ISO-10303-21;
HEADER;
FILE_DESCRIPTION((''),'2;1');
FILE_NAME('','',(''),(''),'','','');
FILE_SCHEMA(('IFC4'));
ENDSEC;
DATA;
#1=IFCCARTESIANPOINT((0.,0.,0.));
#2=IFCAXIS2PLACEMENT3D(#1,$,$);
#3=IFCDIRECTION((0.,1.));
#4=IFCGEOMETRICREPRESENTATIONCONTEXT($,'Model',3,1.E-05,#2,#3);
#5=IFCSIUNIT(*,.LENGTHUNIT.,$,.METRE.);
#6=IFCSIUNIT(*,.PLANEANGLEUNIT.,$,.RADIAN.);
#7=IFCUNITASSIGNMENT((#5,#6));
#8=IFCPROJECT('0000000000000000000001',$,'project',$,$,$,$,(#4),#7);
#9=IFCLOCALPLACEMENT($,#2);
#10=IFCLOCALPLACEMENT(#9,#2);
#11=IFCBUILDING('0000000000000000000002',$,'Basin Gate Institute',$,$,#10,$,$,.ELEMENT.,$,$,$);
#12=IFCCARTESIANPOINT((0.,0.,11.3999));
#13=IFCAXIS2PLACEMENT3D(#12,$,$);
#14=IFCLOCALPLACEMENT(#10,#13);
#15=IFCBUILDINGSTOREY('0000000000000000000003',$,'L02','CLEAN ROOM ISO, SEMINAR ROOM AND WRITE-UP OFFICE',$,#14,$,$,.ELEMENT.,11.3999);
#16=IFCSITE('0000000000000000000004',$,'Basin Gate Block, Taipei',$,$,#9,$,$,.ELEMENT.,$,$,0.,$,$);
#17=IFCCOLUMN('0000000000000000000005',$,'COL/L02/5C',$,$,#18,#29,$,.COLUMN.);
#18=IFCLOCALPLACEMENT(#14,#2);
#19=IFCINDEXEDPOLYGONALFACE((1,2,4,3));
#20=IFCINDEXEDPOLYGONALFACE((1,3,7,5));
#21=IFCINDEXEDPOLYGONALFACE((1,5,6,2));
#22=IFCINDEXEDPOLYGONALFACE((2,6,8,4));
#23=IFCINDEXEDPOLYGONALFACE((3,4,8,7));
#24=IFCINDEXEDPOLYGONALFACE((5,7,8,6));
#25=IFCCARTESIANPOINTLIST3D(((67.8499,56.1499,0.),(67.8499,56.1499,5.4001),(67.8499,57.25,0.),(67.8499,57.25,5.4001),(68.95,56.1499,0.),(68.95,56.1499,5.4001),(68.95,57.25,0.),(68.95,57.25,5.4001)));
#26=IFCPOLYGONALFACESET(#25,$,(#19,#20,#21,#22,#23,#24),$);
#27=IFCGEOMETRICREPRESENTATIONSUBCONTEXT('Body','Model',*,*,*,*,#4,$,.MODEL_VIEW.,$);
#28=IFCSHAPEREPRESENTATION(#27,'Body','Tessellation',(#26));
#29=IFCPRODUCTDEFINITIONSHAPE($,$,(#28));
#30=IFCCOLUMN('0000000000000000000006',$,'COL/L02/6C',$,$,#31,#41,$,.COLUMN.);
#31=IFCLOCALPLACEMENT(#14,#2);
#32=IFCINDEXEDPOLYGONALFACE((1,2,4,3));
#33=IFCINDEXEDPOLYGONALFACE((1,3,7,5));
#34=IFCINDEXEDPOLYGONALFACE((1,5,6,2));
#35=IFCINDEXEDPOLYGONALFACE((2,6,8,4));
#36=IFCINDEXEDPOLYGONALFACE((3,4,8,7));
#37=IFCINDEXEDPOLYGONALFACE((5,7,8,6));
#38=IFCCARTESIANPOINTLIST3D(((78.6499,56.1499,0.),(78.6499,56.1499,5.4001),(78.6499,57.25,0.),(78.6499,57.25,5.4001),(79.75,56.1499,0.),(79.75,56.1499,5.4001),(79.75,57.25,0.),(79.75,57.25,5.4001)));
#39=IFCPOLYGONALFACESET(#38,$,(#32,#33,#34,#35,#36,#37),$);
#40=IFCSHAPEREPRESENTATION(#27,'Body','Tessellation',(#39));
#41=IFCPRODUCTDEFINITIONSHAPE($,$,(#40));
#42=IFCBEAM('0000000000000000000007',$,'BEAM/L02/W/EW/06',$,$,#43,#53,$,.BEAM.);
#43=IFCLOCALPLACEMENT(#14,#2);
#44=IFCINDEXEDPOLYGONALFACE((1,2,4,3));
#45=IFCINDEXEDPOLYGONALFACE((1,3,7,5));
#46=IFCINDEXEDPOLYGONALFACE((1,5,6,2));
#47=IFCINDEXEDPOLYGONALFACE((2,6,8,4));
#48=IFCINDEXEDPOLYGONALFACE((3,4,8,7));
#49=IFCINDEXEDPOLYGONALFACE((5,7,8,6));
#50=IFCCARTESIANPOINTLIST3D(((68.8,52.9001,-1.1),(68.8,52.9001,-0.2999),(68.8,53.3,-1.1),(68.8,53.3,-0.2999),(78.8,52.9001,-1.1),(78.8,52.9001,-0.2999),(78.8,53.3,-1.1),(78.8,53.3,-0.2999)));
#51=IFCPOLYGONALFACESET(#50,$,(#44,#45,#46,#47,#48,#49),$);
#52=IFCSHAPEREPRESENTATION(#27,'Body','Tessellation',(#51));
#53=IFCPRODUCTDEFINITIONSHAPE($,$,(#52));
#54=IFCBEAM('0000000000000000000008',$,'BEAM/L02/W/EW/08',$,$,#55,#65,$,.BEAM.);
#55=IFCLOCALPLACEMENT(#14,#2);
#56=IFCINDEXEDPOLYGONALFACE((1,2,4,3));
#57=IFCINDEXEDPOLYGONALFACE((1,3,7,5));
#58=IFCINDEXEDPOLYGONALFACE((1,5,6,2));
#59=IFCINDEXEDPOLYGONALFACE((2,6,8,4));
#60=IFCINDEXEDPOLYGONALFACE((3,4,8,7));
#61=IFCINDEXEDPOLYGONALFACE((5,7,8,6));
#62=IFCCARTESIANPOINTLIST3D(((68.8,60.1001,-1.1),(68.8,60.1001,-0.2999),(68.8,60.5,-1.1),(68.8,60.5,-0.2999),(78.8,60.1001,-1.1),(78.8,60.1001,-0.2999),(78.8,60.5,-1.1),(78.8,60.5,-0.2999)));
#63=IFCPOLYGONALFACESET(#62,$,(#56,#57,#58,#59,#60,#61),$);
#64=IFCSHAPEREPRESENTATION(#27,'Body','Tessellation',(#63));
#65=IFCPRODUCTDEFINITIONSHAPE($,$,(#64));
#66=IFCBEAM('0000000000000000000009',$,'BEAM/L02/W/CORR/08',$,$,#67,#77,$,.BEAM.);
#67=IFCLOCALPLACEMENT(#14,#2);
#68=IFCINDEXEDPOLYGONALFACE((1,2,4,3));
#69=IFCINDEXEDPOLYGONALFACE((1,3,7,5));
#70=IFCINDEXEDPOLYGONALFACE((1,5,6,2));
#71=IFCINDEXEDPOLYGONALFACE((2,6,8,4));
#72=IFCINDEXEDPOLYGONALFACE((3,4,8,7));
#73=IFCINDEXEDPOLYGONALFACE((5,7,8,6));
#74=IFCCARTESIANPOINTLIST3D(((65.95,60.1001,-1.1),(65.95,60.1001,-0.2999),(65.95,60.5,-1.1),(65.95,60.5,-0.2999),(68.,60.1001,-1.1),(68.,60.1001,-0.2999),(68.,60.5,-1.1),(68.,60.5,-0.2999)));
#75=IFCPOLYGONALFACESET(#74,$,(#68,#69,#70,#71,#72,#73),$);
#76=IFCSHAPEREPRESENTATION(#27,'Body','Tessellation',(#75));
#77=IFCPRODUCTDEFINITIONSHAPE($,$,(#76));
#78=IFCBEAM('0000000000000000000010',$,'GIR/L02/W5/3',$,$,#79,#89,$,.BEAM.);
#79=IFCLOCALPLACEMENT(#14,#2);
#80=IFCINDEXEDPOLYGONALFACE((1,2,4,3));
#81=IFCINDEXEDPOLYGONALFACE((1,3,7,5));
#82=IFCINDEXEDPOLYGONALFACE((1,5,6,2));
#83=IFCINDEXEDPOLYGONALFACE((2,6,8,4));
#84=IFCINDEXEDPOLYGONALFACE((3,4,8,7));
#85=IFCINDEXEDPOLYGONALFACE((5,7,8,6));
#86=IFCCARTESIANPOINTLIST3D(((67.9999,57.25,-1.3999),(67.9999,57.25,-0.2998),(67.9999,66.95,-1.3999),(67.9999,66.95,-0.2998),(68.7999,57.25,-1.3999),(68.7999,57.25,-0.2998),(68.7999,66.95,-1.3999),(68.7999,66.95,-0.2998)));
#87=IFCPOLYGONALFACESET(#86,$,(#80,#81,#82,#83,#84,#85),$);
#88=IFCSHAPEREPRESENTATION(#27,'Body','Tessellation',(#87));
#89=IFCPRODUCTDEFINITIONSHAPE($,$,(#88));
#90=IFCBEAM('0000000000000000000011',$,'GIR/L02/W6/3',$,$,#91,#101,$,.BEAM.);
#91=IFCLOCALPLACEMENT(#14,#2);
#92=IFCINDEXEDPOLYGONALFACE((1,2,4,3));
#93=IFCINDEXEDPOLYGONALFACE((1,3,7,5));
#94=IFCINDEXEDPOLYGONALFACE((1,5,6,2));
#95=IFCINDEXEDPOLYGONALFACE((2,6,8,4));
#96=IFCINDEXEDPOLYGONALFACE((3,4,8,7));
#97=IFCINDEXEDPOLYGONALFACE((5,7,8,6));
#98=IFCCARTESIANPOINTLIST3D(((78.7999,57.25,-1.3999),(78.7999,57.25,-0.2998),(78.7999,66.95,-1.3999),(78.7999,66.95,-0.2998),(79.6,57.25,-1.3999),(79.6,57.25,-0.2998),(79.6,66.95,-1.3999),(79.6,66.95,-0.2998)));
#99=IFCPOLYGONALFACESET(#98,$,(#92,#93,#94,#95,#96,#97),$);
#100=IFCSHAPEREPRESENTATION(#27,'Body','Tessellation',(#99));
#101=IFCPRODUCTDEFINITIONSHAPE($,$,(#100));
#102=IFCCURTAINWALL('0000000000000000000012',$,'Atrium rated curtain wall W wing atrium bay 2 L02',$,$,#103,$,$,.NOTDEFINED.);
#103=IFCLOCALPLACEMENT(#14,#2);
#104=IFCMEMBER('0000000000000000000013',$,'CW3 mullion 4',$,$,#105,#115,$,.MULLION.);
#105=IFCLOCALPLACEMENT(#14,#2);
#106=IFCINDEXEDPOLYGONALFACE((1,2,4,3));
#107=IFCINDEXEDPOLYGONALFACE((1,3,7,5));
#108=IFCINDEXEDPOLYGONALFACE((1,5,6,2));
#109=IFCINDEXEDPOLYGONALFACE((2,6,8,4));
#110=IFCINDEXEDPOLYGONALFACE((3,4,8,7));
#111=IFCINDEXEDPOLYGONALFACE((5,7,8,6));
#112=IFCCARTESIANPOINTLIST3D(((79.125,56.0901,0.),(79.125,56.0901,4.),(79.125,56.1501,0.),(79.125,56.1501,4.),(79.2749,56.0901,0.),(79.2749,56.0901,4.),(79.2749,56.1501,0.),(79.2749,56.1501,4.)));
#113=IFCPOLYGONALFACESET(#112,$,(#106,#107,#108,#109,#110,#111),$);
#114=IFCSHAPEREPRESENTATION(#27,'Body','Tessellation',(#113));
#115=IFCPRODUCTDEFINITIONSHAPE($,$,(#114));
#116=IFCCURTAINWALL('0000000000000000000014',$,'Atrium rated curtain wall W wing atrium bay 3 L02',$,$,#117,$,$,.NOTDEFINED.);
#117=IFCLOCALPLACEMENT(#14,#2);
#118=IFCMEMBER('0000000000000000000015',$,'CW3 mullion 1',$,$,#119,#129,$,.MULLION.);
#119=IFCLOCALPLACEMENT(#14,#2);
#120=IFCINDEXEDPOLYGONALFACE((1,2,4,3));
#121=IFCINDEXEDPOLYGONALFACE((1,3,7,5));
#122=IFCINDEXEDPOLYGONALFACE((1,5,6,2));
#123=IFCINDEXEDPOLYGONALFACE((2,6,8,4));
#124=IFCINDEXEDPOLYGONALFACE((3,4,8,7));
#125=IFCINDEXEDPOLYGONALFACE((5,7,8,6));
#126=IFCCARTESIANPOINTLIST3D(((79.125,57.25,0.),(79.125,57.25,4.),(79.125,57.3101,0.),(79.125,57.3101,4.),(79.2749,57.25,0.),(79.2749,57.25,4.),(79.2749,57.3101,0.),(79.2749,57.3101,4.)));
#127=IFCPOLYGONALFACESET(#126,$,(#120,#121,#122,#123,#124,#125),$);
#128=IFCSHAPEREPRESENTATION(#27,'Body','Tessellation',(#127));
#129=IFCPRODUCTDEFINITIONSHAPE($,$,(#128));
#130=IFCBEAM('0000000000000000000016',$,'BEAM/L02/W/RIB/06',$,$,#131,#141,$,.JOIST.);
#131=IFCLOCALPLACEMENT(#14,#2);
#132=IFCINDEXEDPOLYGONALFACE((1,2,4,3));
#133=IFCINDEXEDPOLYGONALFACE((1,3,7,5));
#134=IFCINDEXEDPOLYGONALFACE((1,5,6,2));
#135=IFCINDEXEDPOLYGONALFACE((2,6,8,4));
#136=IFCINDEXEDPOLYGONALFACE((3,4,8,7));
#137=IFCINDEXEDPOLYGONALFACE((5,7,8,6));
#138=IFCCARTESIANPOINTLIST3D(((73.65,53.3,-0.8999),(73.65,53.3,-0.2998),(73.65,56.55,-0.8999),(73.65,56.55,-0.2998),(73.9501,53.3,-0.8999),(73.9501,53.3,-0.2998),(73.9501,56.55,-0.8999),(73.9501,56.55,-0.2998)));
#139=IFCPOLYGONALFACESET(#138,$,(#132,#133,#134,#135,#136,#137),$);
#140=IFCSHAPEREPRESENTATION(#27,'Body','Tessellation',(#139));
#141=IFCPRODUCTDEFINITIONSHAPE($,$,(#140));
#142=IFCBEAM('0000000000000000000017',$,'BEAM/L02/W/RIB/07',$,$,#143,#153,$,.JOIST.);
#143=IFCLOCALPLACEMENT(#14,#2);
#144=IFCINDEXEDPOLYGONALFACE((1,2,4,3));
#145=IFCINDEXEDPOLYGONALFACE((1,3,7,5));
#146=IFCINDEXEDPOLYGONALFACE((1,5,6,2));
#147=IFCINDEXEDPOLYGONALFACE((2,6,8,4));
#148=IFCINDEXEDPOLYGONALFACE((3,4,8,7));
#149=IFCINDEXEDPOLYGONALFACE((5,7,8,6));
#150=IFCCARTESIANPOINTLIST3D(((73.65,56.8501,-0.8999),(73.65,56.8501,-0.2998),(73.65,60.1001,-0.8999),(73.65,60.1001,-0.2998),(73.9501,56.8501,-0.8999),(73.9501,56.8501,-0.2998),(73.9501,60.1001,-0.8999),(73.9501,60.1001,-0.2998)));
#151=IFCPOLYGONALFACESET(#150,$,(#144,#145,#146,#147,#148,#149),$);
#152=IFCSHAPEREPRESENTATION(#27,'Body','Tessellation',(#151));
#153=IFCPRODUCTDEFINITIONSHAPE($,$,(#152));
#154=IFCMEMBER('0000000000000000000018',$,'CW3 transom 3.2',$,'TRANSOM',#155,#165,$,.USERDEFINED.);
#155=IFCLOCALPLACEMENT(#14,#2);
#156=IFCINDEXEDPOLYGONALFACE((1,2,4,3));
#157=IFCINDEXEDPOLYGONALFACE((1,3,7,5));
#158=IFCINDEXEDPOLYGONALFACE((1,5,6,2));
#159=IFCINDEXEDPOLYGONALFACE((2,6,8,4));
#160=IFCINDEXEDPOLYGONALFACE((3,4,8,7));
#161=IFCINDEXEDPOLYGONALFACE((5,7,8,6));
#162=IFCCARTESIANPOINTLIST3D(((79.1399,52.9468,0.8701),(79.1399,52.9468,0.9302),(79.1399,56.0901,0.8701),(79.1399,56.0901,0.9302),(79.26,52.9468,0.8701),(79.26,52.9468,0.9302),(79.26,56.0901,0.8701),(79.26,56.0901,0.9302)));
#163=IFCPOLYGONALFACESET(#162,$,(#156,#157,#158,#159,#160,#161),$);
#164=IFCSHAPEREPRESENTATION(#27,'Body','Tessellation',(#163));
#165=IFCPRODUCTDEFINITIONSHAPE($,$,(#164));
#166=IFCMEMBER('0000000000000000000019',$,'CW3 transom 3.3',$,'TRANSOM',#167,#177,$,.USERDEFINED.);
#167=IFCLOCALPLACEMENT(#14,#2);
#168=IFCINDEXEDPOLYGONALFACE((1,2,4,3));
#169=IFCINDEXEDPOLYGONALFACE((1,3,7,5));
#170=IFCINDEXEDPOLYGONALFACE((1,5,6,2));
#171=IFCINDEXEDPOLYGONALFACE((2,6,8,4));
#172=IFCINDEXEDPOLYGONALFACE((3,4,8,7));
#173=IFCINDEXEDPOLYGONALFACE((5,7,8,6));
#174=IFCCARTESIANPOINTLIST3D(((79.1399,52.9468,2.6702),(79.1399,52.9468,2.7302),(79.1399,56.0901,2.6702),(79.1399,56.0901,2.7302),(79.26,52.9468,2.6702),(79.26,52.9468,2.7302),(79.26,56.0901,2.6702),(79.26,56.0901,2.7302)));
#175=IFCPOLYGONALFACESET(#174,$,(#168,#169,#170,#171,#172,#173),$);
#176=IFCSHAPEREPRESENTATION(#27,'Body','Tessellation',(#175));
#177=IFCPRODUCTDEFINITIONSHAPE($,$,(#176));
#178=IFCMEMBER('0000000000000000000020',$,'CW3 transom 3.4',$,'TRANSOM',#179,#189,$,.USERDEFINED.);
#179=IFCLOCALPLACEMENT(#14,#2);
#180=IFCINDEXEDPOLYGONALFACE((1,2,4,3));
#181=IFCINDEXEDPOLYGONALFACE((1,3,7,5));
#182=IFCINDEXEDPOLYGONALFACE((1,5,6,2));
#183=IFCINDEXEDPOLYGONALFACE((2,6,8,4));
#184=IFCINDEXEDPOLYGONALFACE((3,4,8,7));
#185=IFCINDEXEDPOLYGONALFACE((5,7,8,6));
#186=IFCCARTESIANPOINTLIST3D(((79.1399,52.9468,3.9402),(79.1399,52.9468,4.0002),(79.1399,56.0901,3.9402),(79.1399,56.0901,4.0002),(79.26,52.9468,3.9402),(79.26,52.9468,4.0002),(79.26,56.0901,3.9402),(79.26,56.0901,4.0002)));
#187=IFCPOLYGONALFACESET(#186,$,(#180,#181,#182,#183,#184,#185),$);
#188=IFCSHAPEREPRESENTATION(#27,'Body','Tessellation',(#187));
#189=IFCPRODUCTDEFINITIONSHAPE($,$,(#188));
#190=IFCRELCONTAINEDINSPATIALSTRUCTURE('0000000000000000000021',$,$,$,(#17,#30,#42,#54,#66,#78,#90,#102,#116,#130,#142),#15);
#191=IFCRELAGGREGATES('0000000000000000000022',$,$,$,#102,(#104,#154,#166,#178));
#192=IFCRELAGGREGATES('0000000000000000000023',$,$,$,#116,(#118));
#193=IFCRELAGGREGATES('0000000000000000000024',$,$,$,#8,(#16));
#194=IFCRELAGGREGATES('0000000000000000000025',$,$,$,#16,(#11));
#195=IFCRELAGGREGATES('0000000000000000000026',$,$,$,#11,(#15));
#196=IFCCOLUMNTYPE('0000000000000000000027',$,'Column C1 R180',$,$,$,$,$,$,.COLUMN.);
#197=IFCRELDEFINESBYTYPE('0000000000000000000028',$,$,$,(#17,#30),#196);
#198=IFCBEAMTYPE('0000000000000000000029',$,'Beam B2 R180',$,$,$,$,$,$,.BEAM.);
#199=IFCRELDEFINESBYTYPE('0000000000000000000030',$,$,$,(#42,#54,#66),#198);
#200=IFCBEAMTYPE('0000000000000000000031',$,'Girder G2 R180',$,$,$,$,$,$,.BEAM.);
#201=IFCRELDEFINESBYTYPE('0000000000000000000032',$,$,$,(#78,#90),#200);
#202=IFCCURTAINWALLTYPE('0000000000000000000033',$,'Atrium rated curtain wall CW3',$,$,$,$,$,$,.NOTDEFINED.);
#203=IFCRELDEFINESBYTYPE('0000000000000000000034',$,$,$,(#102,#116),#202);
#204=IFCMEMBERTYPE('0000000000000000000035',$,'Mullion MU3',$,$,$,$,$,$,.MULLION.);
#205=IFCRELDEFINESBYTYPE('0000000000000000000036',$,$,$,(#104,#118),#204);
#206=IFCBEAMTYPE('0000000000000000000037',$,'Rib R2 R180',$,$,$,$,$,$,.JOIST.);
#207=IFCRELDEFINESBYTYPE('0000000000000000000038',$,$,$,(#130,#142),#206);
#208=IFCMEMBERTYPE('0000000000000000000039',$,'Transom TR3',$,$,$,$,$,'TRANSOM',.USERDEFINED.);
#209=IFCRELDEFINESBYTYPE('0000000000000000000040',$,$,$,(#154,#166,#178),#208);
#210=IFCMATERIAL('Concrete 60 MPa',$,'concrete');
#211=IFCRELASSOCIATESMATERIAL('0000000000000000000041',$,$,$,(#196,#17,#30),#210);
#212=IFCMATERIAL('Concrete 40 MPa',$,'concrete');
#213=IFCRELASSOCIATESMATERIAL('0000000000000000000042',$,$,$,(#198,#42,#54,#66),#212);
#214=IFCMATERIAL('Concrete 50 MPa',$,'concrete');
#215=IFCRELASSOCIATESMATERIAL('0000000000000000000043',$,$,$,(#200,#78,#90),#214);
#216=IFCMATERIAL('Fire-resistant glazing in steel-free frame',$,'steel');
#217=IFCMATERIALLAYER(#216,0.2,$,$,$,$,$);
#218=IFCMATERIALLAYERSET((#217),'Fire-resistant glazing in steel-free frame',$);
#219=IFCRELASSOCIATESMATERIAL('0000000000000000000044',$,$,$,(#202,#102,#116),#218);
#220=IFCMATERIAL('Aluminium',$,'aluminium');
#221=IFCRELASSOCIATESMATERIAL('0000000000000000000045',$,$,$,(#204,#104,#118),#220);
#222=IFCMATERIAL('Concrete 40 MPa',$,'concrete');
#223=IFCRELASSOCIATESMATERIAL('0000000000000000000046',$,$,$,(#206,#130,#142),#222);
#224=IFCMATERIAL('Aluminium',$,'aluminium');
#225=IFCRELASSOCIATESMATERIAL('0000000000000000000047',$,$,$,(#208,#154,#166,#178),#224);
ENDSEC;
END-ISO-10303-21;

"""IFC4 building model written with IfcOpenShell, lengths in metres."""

from ifc_helpers import new_model, si_unit, direction, frame, origin, origin_2d, place, context, subcontext, project, spatial, rectangle, extrude, material, layer, layer_set, material_profile, profile_set, type_object, element, aggregate, save


model = new_model("IFC4")

# Units and contexts
model_context = context("Model", 3, precision=1e-05, world=origin(), true_north=direction((0.0, 1.0)))
body_context = subcontext(model_context, "Body", "Model", "MODEL_VIEW")
ifc_project = project(units=[si_unit("LENGTHUNIT", "METRE"), si_unit("PLANEANGLEUNIT", "RADIAN")], contexts=[model_context])

# Site, building, storey
site_placement = place(None, origin())
site = spatial("IfcSite", under=ifc_project, at=site_placement, Name="Basin Gate Block, Taipei", CompositionType="ELEMENT", RefElevation=0.0)
building_placement = place(site_placement, origin())
building = spatial("IfcBuilding", under=site, at=building_placement, Name="Basin Gate Institute", CompositionType="ELEMENT")
storey_placement = place(building_placement, frame((0.0, 0.0, 11.3999)))
storey = spatial("IfcBuildingStorey", under=building, at=storey_placement, Name="L02", Description="CLEAN ROOM ISO, SEMINAR ROOM AND WRITE-UP OFFICE", CompositionType="ELEMENT", Elevation=11.3999)

# Columns
ifc_material_1 = material(Name="Concrete 60 MPa", Category="concrete")
ifc_material_profile_1 = material_profile(ifc_material_1, rectangle(XDim=1.1001, YDim=1.1001, at=origin_2d()), Name="Column C1 1100 x 1100")
ifc_profile_set_1 = profile_set([ifc_material_profile_1], Name="Concrete 60 MPa")
column_type = type_object("IfcColumnType", Name="Column C1 R180", PredefinedType="COLUMN", material=ifc_profile_set_1)
for number, where, z_axis, x_axis, name in (
    (1, (68.3999, 56.7, 0.0), (0.0, 0.0, 1.0), (1.0, 0.0, 0.0), "COL/L02/5C"),
    (2, (79.2, 56.7, 0.0), (0.0, 0.0, 1.0), (1.0, 0.0, 0.0), "COL/L02/6C"),
):
    element("IfcColumn", number, at=place(storey_placement, frame(where, z_axis=z_axis, x_axis=x_axis)), inside=storey, type_object=column_type, material=ifc_profile_set_1, Name=name, PredefinedType="COLUMN", context=body_context, shape_type="SweptSolid", body=[
        extrude(rectangle(XDim=1.1001, YDim=1.1001, at=origin_2d()), origin(), (0.0, 0.0, 1.0), 5.4001),
    ])

# Beams
ifc_material_2 = material(Name="Concrete 40 MPa", Category="concrete")
ifc_material_profile_2 = material_profile(ifc_material_2, rectangle(XDim=0.3999, YDim=0.8, at=origin_2d()), Name="Beam B2 400 x 800")
ifc_profile_set_2 = profile_set([ifc_material_profile_2], Name="Concrete 40 MPa")
beam_type_1 = type_object("IfcBeamType", Name="Beam B2 R180", PredefinedType="BEAM", material=ifc_profile_set_2)
for number, where, z_axis, x_axis, name in (
    (3, (68.8, 53.1001, -0.7), (1.0, 0.0, 0.0), (0.0, 1.0, 0.0), "BEAM/L02/W/EW/06"),
    (4, (68.8, 60.3, -0.7), (1.0, 0.0, 0.0), (0.0, 1.0, 0.0), "BEAM/L02/W/EW/08"),
):
    element("IfcBeam", number, at=place(storey_placement, frame(where, z_axis=z_axis, x_axis=x_axis)), inside=storey, type_object=beam_type_1, material=ifc_profile_set_2, Name=name, PredefinedType="BEAM", context=body_context, shape_type="SweptSolid", body=[
        extrude(rectangle(XDim=0.3999, YDim=0.8, at=origin_2d()), origin(), (0.0, 0.0, 1.0), 10.0),
    ])
beam_placement = place(storey_placement, frame((65.95, 60.3, -0.7), z_axis=(1.0, 0.0, 0.0), x_axis=(0.0, 1.0, 0.0)))
element("IfcBeam", 5, at=beam_placement, inside=storey, type_object=beam_type_1, material=ifc_profile_set_2, Name="BEAM/L02/W/CORR/08", PredefinedType="BEAM", context=body_context, shape_type="SweptSolid", body=[
    extrude(rectangle(XDim=0.3999, YDim=0.8, at=origin_2d()), origin(), (0.0, 0.0, 1.0), 2.05),
])
ifc_material_3 = material(Name="Concrete 50 MPa", Category="concrete")
ifc_material_profile_3 = material_profile(ifc_material_3, rectangle(XDim=0.8, YDim=1.1001, at=origin_2d()), Name="Girder G2 800 x 1100")
ifc_profile_set_3 = profile_set([ifc_material_profile_3], Name="Concrete 50 MPa")
beam_type_2 = type_object("IfcBeamType", Name="Girder G2 R180", PredefinedType="BEAM", material=ifc_profile_set_3)
for number, where, z_axis, x_axis, name in (
    (6, (68.3999, 57.25, -0.8499), (0.0, 1.0, 0.0), (-1.0, 0.0, 0.0), "GIR/L02/W5/3"),
    (7, (79.2, 57.25, -0.8499), (0.0, 1.0, 0.0), (-1.0, 0.0, 0.0), "GIR/L02/W6/3"),
):
    element("IfcBeam", number, at=place(storey_placement, frame(where, z_axis=z_axis, x_axis=x_axis)), inside=storey, type_object=beam_type_2, material=ifc_profile_set_3, Name=name, PredefinedType="BEAM", context=body_context, shape_type="SweptSolid", body=[
        extrude(rectangle(XDim=0.8, YDim=1.1001, at=origin_2d()), origin(), (0.0, 0.0, 1.0), 9.7),
    ])

# Curtain walls, members
ifc_material_4 = material(Name="Fire-resistant glazing in steel-free frame", Category="steel")
ifc_layer_1 = layer(ifc_material_4, 0.2)
ifc_layer_set_1 = layer_set([ifc_layer_1], Name="Fire-resistant glazing in steel-free frame")
curtain_wall_type = type_object("IfcCurtainWallType", Name="Atrium rated curtain wall CW3", PredefinedType="NOTDEFINED", material=ifc_layer_set_1)
curtain_wall_1_placement = place(storey_placement, origin())
curtain_wall_1 = element("IfcCurtainWall", 8, at=curtain_wall_1_placement, inside=storey, type_object=curtain_wall_type, material=ifc_layer_set_1, Name="Atrium rated curtain wall W wing atrium bay 2 L02", PredefinedType="NOTDEFINED")
ifc_material_5 = material(Name="Aluminium", Category="aluminium")
ifc_material_profile_4 = material_profile(ifc_material_5, rectangle(XDim=0.1499, YDim=0.0601, at=origin_2d()), Name="Mullion MU3 150 x 60")
ifc_profile_set_4 = profile_set([ifc_material_profile_4], Name="Aluminium")
member_type_1 = type_object("IfcMemberType", Name="Mullion MU3", PredefinedType="MULLION", material=ifc_profile_set_4)
member_1_placement = place(storey_placement, frame((79.2, 56.1201, 0.0), z_axis=(0.0, 0.0, 1.0), x_axis=(-1.0, 0.0, 0.0)))
member_1 = element("IfcMember", 9, at=member_1_placement, type_object=member_type_1, material=ifc_profile_set_4, Name="CW3 mullion 4", PredefinedType="MULLION", context=body_context, shape_type="SweptSolid", body=[
    extrude(rectangle(XDim=0.1499, YDim=0.0601, at=origin_2d()), origin(), (0.0, 0.0, 1.0), 4.0),
])
curtain_wall_2_placement = place(storey_placement, origin())
curtain_wall_2 = element("IfcCurtainWall", 10, at=curtain_wall_2_placement, inside=storey, type_object=curtain_wall_type, material=ifc_layer_set_1, Name="Atrium rated curtain wall W wing atrium bay 3 L02", PredefinedType="NOTDEFINED")
member_2_placement = place(storey_placement, frame((79.2, 57.28, 0.0), z_axis=(0.0, 0.0, 1.0), x_axis=(-1.0, 0.0, 0.0)))
member_2 = element("IfcMember", 11, at=member_2_placement, type_object=member_type_1, material=ifc_profile_set_4, Name="CW3 mullion 1", PredefinedType="MULLION", context=body_context, shape_type="SweptSolid", body=[
    extrude(rectangle(XDim=0.1499, YDim=0.0601, at=origin_2d()), origin(), (0.0, 0.0, 1.0), 4.0),
])

# Beams
ifc_material_6 = material(Name="Concrete 40 MPa", Category="concrete")
ifc_material_profile_5 = material_profile(ifc_material_6, rectangle(XDim=0.3, YDim=0.6001, at=origin_2d()), Name="Rib R2 300 x 600")
ifc_profile_set_5 = profile_set([ifc_material_profile_5], Name="Concrete 40 MPa")
beam_type_3 = type_object("IfcBeamType", Name="Rib R2 R180", PredefinedType="JOIST", material=ifc_profile_set_5)
for number, where, z_axis, x_axis, name in (
    (12, (73.8, 53.3, -0.5999), (0.0, 1.0, 0.0), (-1.0, 0.0, 0.0), "BEAM/L02/W/RIB/06"),
    (13, (73.8, 56.8501, -0.5999), (0.0, 1.0, 0.0), (-1.0, 0.0, 0.0), "BEAM/L02/W/RIB/07"),
):
    element("IfcBeam", number, at=place(storey_placement, frame(where, z_axis=z_axis, x_axis=x_axis)), inside=storey, type_object=beam_type_3, material=ifc_profile_set_5, Name=name, PredefinedType="JOIST", context=body_context, shape_type="SweptSolid", body=[
        extrude(rectangle(XDim=0.3, YDim=0.6001, at=origin_2d()), origin(), (0.0, 0.0, 1.0), 3.25),
    ])

# Members
ifc_material_7 = material(Name="Aluminium", Category="aluminium")
ifc_material_profile_6 = material_profile(ifc_material_7, rectangle(XDim=0.1201, YDim=0.0601, at=origin_2d()), Name="Transom TR3 120 x 60")
ifc_profile_set_6 = profile_set([ifc_material_profile_6], Name="Aluminium")
member_type_2 = type_object("IfcMemberType", Name="Transom TR3", ElementType="TRANSOM", PredefinedType="USERDEFINED", material=ifc_profile_set_6)
member_3_placement = place(storey_placement, frame((79.2, 52.9468, 0.9001), z_axis=(0.0, 1.0, 0.0), x_axis=(-1.0, 0.0, 0.0)))
member_3 = element("IfcMember", 14, at=member_3_placement, type_object=member_type_2, material=ifc_profile_set_6, Name="CW3 transom 3.2", ObjectType="TRANSOM", PredefinedType="USERDEFINED", context=body_context, shape_type="SweptSolid", body=[
    extrude(rectangle(XDim=0.1201, YDim=0.0601, at=origin_2d()), origin(), (0.0, 0.0, 1.0), 3.1433),
])
member_4_placement = place(storey_placement, frame((79.2, 52.9468, 2.7002), z_axis=(0.0, 1.0, 0.0), x_axis=(-1.0, 0.0, 0.0)))
member_4 = element("IfcMember", 15, at=member_4_placement, type_object=member_type_2, material=ifc_profile_set_6, Name="CW3 transom 3.3", ObjectType="TRANSOM", PredefinedType="USERDEFINED", context=body_context, shape_type="SweptSolid", body=[
    extrude(rectangle(XDim=0.1201, YDim=0.0601, at=origin_2d()), origin(), (0.0, 0.0, 1.0), 3.1433),
])
member_5_placement = place(storey_placement, frame((79.2, 52.9468, 3.9702), z_axis=(0.0, 1.0, 0.0), x_axis=(-1.0, 0.0, 0.0)))
member_5 = element("IfcMember", 16, at=member_5_placement, type_object=member_type_2, material=ifc_profile_set_6, Name="CW3 transom 3.4", ObjectType="TRANSOM", PredefinedType="USERDEFINED", context=body_context, shape_type="SweptSolid", body=[
    extrude(rectangle(XDim=0.1201, YDim=0.0601, at=origin_2d()), origin(), (0.0, 0.0, 1.0), 3.1433),
])

aggregate(curtain_wall_1, [member_1, member_3, member_4, member_5])
aggregate(curtain_wall_2, [member_2])

save(model, "model.ifc")
